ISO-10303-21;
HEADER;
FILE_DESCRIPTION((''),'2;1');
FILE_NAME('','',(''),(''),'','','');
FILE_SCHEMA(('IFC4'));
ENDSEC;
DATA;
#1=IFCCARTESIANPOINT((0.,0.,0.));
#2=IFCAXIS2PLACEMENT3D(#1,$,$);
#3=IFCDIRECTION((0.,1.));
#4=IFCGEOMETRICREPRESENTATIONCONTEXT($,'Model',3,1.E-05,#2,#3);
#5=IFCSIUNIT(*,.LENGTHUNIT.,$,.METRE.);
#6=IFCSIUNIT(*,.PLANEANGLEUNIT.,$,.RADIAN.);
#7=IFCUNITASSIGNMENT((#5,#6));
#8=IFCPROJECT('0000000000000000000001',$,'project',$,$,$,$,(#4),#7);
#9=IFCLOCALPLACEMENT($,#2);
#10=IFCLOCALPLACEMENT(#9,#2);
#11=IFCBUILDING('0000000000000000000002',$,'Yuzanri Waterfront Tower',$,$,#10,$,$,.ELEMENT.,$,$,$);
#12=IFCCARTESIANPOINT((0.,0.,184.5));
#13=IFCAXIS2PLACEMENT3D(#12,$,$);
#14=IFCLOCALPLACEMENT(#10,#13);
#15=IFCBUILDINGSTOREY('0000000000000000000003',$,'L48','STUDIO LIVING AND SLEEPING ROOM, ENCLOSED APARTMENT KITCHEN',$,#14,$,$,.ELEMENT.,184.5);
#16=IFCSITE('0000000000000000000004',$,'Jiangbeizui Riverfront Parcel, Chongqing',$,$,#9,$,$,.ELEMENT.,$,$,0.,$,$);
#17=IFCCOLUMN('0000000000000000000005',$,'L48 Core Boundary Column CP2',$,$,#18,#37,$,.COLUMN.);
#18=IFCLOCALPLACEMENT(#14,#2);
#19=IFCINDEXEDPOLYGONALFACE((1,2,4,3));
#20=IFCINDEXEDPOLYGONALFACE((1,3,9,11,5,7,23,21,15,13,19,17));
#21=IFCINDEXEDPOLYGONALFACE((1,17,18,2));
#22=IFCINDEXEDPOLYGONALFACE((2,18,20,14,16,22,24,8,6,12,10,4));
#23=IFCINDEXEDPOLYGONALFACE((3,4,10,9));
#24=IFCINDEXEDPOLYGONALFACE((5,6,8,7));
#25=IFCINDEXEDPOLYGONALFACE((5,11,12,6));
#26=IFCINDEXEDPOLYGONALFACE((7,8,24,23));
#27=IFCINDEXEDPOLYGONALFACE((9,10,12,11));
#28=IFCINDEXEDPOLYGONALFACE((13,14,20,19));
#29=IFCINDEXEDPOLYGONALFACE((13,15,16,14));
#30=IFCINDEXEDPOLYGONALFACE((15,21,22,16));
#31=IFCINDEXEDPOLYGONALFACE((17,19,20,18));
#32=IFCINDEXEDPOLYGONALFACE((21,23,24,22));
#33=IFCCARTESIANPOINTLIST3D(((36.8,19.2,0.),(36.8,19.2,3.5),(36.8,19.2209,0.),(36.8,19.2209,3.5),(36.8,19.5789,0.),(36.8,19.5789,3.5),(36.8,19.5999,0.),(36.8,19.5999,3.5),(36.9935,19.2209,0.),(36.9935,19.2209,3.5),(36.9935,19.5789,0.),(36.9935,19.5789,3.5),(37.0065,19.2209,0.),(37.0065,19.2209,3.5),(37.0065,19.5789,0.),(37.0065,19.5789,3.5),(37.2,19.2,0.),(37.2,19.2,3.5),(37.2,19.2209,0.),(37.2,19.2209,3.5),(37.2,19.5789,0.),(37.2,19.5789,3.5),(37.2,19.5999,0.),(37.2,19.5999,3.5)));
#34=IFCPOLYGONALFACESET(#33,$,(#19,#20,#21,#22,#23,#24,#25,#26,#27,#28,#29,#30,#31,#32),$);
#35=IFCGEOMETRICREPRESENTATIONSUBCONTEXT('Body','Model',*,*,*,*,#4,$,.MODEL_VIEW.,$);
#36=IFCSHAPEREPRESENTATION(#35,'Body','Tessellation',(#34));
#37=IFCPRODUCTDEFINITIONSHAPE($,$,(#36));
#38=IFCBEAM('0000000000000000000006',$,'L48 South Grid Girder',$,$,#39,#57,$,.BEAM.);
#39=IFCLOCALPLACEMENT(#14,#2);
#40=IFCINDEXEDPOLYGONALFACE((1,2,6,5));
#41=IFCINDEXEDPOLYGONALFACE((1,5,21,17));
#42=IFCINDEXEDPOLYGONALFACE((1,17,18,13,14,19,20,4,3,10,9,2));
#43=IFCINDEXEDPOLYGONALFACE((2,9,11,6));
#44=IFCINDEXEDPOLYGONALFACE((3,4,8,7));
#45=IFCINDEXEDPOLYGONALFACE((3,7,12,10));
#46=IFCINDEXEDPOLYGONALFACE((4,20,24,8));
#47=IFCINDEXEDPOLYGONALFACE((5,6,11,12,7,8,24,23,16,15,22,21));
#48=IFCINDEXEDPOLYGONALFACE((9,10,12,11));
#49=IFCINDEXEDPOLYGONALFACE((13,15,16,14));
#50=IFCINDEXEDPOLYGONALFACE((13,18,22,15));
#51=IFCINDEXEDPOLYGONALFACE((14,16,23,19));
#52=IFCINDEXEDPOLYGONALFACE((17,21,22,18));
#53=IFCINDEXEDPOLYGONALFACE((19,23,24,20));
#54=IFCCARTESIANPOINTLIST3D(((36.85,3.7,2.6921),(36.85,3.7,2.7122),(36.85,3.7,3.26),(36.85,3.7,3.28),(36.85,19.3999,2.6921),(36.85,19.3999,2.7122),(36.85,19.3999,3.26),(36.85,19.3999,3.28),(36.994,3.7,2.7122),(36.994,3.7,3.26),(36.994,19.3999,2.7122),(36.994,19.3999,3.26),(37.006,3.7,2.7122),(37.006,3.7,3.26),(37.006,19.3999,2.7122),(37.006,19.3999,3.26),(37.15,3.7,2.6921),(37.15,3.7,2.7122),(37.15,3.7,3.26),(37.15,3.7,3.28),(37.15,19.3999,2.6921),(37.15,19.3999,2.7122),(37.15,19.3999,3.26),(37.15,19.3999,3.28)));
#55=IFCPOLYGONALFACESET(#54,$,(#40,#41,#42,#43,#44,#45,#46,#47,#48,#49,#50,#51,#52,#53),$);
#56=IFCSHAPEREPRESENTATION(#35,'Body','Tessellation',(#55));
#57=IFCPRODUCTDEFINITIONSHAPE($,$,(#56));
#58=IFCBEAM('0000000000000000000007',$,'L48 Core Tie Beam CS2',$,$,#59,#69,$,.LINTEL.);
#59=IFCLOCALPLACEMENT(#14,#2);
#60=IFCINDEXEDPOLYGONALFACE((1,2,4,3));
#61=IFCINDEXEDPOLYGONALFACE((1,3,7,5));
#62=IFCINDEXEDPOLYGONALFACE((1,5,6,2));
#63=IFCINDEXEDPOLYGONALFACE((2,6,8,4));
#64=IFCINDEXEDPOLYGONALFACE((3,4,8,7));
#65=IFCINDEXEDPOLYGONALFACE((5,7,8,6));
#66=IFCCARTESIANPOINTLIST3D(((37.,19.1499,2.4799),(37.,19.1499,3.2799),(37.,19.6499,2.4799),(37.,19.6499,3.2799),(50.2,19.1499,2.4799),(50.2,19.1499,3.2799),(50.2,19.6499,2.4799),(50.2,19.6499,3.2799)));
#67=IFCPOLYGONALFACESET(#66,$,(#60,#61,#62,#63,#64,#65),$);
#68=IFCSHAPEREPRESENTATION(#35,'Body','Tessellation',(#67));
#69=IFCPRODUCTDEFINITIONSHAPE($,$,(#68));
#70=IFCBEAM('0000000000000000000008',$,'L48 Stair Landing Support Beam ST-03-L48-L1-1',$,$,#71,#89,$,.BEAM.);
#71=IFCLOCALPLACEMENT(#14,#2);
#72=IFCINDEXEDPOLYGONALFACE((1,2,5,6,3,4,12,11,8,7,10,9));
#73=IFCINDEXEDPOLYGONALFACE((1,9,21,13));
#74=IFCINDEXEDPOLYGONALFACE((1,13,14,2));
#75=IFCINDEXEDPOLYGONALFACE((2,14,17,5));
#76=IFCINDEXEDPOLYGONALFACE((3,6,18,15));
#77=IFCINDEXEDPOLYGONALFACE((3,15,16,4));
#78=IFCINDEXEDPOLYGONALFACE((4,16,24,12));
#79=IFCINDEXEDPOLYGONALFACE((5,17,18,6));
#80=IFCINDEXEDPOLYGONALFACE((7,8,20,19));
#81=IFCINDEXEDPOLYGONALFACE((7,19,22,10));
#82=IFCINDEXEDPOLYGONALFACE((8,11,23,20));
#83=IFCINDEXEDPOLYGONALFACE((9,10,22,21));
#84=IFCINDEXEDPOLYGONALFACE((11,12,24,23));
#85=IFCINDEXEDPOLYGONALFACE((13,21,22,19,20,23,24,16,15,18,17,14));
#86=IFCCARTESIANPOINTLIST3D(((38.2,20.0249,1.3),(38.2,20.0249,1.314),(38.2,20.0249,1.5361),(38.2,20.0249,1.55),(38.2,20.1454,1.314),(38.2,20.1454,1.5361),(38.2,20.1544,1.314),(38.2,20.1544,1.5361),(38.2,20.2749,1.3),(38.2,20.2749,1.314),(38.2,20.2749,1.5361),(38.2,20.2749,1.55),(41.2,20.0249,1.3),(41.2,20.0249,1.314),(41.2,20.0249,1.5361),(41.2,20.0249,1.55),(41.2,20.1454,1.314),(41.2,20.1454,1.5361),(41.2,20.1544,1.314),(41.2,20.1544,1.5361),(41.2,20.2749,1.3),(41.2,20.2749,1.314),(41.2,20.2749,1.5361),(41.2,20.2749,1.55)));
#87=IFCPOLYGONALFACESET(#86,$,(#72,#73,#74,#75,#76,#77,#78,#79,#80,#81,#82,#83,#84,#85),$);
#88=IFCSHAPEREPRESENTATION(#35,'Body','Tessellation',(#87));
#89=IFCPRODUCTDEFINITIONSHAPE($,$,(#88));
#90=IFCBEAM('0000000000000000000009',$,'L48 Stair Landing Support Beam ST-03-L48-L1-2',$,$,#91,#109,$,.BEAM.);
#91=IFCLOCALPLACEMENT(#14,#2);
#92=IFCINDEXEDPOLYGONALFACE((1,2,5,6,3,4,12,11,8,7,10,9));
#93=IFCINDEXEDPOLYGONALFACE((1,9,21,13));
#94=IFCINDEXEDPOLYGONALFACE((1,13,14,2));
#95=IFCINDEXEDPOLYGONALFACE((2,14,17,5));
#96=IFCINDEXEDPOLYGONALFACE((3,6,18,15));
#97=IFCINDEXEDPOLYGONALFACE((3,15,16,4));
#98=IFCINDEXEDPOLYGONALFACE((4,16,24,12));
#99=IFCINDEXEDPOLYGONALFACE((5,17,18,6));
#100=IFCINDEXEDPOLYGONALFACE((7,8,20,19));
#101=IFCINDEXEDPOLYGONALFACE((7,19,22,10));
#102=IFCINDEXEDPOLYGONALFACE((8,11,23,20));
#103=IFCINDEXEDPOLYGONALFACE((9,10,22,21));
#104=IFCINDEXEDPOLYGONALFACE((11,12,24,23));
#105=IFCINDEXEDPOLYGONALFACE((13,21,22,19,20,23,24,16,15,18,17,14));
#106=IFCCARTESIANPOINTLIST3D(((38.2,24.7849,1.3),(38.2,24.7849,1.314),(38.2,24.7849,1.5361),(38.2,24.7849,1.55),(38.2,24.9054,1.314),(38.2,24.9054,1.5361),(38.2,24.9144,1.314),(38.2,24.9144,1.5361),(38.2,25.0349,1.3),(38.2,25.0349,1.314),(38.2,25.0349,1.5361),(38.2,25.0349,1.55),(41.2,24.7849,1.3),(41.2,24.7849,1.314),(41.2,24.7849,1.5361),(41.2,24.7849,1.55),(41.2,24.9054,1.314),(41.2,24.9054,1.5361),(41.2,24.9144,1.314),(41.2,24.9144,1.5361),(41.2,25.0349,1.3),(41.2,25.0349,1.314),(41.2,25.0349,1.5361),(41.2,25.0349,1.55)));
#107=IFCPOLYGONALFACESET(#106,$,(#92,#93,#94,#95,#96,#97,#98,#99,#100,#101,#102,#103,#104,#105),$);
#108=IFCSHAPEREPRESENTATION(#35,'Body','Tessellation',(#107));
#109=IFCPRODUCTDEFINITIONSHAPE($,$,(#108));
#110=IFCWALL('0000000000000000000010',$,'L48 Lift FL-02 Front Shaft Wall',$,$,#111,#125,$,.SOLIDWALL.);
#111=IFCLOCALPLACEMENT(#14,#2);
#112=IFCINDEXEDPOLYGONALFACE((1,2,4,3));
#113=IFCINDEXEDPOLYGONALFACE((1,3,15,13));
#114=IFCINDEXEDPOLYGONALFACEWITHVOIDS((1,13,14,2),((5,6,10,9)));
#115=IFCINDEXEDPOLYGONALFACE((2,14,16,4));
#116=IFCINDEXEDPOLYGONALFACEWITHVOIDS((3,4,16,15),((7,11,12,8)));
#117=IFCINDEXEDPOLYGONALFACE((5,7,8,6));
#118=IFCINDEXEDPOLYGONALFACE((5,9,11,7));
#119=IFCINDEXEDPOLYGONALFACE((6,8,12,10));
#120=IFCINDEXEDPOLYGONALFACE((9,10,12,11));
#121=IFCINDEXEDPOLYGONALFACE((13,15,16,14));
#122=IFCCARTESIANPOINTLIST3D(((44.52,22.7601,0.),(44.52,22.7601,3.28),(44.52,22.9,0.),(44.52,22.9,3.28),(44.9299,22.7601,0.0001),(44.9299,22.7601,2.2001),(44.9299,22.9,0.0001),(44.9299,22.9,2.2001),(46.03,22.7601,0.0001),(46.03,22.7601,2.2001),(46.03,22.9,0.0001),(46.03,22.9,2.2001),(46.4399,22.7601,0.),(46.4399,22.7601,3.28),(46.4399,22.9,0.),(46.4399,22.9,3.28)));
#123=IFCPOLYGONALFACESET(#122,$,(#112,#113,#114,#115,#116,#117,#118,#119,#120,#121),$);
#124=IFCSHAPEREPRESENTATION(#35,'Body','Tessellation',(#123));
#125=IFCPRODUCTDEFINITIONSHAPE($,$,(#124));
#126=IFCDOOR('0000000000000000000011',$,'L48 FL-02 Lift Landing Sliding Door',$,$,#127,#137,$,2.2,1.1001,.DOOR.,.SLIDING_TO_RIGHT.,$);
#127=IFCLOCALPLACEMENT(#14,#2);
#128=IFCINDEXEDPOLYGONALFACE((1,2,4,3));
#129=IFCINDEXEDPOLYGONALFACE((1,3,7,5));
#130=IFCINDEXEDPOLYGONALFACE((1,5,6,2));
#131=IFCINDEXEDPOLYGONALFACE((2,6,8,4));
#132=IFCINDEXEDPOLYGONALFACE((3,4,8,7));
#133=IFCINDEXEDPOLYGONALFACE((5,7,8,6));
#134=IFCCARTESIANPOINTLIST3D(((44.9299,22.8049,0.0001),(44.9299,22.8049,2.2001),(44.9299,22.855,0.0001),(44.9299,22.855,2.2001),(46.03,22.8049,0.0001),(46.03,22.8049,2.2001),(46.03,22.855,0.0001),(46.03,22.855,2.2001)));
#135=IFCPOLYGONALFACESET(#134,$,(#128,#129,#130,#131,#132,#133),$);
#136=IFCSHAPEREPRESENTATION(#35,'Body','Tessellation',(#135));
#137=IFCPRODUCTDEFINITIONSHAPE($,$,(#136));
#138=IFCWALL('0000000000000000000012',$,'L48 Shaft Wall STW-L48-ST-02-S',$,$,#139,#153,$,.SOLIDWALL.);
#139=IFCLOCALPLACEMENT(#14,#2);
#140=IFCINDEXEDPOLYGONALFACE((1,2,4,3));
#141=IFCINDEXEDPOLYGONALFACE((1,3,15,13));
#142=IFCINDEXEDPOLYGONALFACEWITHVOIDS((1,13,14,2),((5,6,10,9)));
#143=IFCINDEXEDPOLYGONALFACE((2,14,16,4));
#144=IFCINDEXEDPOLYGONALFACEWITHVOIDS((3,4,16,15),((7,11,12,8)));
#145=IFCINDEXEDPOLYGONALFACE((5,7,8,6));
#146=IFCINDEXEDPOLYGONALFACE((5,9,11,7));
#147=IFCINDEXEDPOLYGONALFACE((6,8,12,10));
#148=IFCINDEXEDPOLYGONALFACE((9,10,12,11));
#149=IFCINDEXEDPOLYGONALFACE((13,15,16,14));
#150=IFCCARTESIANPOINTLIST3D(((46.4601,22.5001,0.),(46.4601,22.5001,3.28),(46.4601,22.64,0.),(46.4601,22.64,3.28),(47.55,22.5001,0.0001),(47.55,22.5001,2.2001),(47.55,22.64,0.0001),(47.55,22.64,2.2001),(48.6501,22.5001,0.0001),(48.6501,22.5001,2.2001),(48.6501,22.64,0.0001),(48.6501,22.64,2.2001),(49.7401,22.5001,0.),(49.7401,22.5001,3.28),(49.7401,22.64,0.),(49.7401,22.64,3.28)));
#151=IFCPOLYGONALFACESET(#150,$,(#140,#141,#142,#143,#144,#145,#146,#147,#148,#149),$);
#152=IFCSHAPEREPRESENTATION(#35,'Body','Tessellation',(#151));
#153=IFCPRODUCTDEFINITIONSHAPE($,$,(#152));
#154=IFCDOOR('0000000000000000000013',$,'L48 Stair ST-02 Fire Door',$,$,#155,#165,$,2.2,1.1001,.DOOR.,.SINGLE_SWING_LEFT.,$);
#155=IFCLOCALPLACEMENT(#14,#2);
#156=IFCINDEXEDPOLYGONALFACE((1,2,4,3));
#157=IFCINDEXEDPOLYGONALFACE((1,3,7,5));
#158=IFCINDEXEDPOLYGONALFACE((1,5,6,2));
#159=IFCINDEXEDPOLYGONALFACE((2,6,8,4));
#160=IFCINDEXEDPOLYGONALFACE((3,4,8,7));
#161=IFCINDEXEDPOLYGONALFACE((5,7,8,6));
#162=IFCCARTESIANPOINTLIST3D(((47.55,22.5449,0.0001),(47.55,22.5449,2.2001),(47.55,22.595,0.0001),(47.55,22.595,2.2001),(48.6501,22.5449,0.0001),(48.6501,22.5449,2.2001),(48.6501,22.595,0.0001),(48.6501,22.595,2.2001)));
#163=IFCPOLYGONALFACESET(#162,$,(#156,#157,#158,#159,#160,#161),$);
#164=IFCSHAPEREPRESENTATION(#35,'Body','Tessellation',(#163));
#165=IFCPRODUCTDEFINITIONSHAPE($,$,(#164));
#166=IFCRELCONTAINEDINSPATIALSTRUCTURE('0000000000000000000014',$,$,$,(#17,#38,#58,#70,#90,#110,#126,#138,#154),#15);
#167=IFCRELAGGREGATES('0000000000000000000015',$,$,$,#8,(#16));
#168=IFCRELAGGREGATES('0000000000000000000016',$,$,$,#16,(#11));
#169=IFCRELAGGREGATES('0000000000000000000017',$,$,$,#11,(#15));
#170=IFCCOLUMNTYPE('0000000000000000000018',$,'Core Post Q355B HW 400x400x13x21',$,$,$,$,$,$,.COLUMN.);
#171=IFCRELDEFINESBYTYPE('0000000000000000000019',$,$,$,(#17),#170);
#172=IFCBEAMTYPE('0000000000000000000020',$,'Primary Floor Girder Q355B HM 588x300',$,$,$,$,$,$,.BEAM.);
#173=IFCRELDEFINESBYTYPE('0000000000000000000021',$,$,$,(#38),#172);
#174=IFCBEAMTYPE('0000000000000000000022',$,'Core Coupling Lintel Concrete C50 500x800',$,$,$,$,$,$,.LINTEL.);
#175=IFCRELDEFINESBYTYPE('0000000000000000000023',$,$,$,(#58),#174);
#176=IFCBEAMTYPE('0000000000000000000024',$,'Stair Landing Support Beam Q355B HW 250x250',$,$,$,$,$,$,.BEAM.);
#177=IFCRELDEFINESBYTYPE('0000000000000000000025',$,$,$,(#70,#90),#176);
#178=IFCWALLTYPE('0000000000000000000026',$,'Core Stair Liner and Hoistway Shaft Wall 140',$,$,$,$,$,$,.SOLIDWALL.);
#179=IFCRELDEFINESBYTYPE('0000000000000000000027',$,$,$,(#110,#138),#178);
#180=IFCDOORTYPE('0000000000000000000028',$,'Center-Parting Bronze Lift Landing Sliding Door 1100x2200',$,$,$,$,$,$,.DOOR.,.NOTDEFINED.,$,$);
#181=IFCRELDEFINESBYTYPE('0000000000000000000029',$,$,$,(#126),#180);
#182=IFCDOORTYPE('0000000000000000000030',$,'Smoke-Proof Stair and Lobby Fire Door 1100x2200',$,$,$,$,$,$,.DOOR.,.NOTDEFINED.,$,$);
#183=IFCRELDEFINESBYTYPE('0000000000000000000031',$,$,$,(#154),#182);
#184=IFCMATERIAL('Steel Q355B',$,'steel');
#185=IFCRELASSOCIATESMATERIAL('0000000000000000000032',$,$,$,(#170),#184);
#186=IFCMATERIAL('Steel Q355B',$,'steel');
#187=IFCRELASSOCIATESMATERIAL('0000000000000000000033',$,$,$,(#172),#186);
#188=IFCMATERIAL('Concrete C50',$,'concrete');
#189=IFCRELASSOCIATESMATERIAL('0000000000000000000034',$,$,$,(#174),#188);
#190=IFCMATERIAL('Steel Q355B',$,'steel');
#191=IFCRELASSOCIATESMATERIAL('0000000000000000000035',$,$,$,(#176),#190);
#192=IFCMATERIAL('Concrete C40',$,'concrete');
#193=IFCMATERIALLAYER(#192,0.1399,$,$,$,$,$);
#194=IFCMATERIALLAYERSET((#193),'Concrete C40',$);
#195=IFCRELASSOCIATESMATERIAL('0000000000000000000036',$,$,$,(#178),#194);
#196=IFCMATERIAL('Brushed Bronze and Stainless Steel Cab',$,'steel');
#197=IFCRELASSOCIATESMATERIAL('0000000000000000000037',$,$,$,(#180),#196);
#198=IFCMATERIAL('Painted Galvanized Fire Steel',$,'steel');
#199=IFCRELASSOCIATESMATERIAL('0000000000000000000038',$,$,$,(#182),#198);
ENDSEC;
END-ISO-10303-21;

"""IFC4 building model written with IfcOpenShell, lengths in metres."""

from ifc_helpers import new_model, si_unit, direction, frame, frame_2d, origin, origin_2d, place, context, subcontext, project, spatial, rectangle, i_section, extrude, source, transform, mapped, material, layer, layer_set, material_profile, profile_set, type_object, element, fill, save


model = new_model("IFC4")

# Units and contexts
model_context = context("Model", 3, precision=1e-05, world=origin(), true_north=direction((0.0, 1.0)))
body_context = subcontext(model_context, "Body", "Model", "MODEL_VIEW")
ifc_project = project(units=[si_unit("LENGTHUNIT", "METRE"), si_unit("PLANEANGLEUNIT", "RADIAN")], contexts=[model_context])

# Site, building, storey
site_placement = place(None, origin())
site = spatial("IfcSite", under=ifc_project, at=site_placement, Name="Jiangbeizui Riverfront Parcel, Chongqing", CompositionType="ELEMENT", RefElevation=0.0)
building_placement = place(site_placement, origin())
building = spatial("IfcBuilding", under=site, at=building_placement, Name="Yuzanri Waterfront Tower", CompositionType="ELEMENT")
storey_placement = place(building_placement, frame((0.0, 0.0, 184.5)))
storey = spatial("IfcBuildingStorey", under=building, at=storey_placement, Name="L48", Description="STUDIO LIVING AND SLEEPING ROOM, ENCLOSED APARTMENT KITCHEN", CompositionType="ELEMENT", Elevation=184.5)

# Column
ifc_material_1 = material(Name="Steel Q355B", Category="steel")
ifc_material_profile_1 = material_profile(ifc_material_1, i_section(OverallWidth=0.3999, OverallDepth=0.3999, WebThickness=0.0129, FlangeThickness=0.021, at=origin_2d()), Name="HW 400x400x13x21")
ifc_profile_set_1 = profile_set([ifc_material_profile_1], Name="Steel Q355B")
column_type = type_object("IfcColumnType", Name="Core Post Q355B HW 400x400x13x21", PredefinedType="COLUMN", material=ifc_profile_set_1)
shared_shape_1 = source(origin(), body_context, "Body", "SweptSolid", [
    extrude(i_section(OverallWidth=0.3999, OverallDepth=0.3999, WebThickness=0.0129, FlangeThickness=0.021, at=origin_2d()), origin(), (0.0, 0.0, 1.0), 3.5),
])
column_placement = place(storey_placement, frame((37.0, 19.3999, 0.0), z_axis=(0.0, 0.0, 1.0), x_axis=(1.0, 0.0, 0.0)))
element("IfcColumn", 1, at=column_placement, inside=storey, type_object=column_type, Name="L48 Core Boundary Column CP2", PredefinedType="COLUMN", context=body_context, shape_type="MappedRepresentation", body=[
    mapped(shared_shape_1, transform((0.0, 0.0, 0.0), scale=1.0)),
])

# Beams
ifc_material_2 = material(Name="Steel Q355B", Category="steel")
ifc_material_profile_2 = material_profile(ifc_material_2, i_section(OverallWidth=0.3, OverallDepth=0.5879, WebThickness=0.012, FlangeThickness=0.02, at=origin_2d()), Name="HM 588x300x12x20")
ifc_profile_set_2 = profile_set([ifc_material_profile_2], Name="Steel Q355B")
beam_type_1 = type_object("IfcBeamType", Name="Primary Floor Girder Q355B HM 588x300", PredefinedType="BEAM", material=ifc_profile_set_2)
shared_shape_2 = source(origin(), body_context, "Body", "SweptSolid", [
    extrude(i_section(OverallWidth=0.3, OverallDepth=0.5879, WebThickness=0.012, FlangeThickness=0.02, at=origin_2d()), origin(), (0.0, 0.0, 1.0), 15.7),
])
beam_1_placement = place(storey_placement, frame((37.0, 19.3999, 2.9861), z_axis=(0.0, -1.0, 0.0), x_axis=(1.0, 0.0, 0.0)))
element("IfcBeam", 2, at=beam_1_placement, inside=storey, type_object=beam_type_1, Name="L48 South Grid Girder", PredefinedType="BEAM", context=body_context, shape_type="MappedRepresentation", body=[
    mapped(shared_shape_2, transform((0.0, 0.0, 0.0), scale=1.0)),
])
ifc_material_3 = material(Name="Concrete C50", Category="concrete")
ifc_material_profile_3 = material_profile(ifc_material_3, rectangle(XDim=0.5, YDim=0.8, at=origin_2d()), Name="RC 500x800")
ifc_profile_set_3 = profile_set([ifc_material_profile_3], Name="Concrete C50")
beam_type_2 = type_object("IfcBeamType", Name="Core Coupling Lintel Concrete C50 500x800", PredefinedType="LINTEL", material=ifc_profile_set_3)
shared_shape_3 = source(origin(), body_context, "Body", "SweptSolid", [
    extrude(rectangle(XDim=0.5, YDim=0.8, at=origin_2d()), origin(), (0.0, 0.0, 1.0), 13.2),
])
beam_2_placement = place(storey_placement, frame((37.0, 19.3999, 2.8799), z_axis=(1.0, 0.0, 0.0), x_axis=(0.0, 1.0, 0.0)))
element("IfcBeam", 3, at=beam_2_placement, inside=storey, type_object=beam_type_2, Name="L48 Core Tie Beam CS2", PredefinedType="LINTEL", context=body_context, shape_type="MappedRepresentation", body=[
    mapped(shared_shape_3, transform((0.0, 0.0, 0.0), scale=1.0)),
])
ifc_material_4 = material(Name="Steel Q355B", Category="steel")
ifc_material_profile_4 = material_profile(ifc_material_4, i_section(OverallWidth=0.25, OverallDepth=0.25, WebThickness=0.009, FlangeThickness=0.0139, at=origin_2d()), Name="HW 250x250x9x14")
ifc_profile_set_4 = profile_set([ifc_material_profile_4], Name="Steel Q355B")
beam_type_3 = type_object("IfcBeamType", Name="Stair Landing Support Beam Q355B HW 250x250", PredefinedType="BEAM", material=ifc_profile_set_4)
shared_shape_4 = source(origin(), body_context, "Body", "SweptSolid", [
    extrude(i_section(OverallWidth=0.25, OverallDepth=0.25, WebThickness=0.009, FlangeThickness=0.0139, at=origin_2d()), origin(), (0.0, 0.0, 1.0), 3.0),
])
for number, where, z_axis, x_axis, name in (
    (4, (38.2, 20.1499, 1.425), (1.0, 0.0, 0.0), (0.0, 1.0, 0.0), "L48 Stair Landing Support Beam ST-03-L48-L1-1"),
    (5, (38.2, 24.9099, 1.425), (1.0, 0.0, 0.0), (0.0, 1.0, 0.0), "L48 Stair Landing Support Beam ST-03-L48-L1-2"),
):
    element("IfcBeam", number, at=place(storey_placement, frame(where, z_axis=z_axis, x_axis=x_axis)), inside=storey, type_object=beam_type_3, Name=name, PredefinedType="BEAM", context=body_context, shape_type="MappedRepresentation", body=[
        mapped(shared_shape_4, transform((0.0, 0.0, 0.0), scale=1.0)),
    ])

# Walls, openings, doors
ifc_material_5 = material(Name="Concrete C40", Category="concrete")
ifc_layer_1 = layer(ifc_material_5, 0.1399)
ifc_layer_set_1 = layer_set([ifc_layer_1], Name="Concrete C40")
wall_type_1 = type_object("IfcWallType", Name="Core Stair Liner and Hoistway Shaft Wall 140", PredefinedType="SOLIDWALL", material=ifc_layer_set_1)
wall_1_placement = place(storey_placement, frame((44.52, 22.8301, 0.0), z_axis=(0.0, 0.0, 1.0), x_axis=(1.0, 0.0, 0.0)))
wall_1 = element("IfcWall", 6, at=wall_1_placement, inside=storey, type_object=wall_type_1, Name="L48 Lift FL-02 Front Shaft Wall", PredefinedType="SOLIDWALL", context=body_context, shape_type="SweptSolid", body=[
    extrude(rectangle(XDim=1.9199, YDim=0.1399, at=frame_2d((0.96, 0.0))), origin(), (0.0, 0.0, 1.0), 3.28),
])
opening_1_placement = place(wall_1_placement, frame((0.4099, 0.0, 0.0)))
opening_1 = element("IfcOpeningElement", 7, at=opening_1_placement, cuts=wall_1, PredefinedType="OPENING", context=body_context, shape_type="SweptSolid", body=[
    extrude(rectangle(XDim=1.1001, YDim=2.2, at=frame_2d((0.55, 1.1001))), frame((0.0, 0.085, 0.0), z_axis=(0.0, -1.0, 0.0), x_axis=(1.0, 0.0, 0.0)), (0.0, 0.0, 1.0), 0.1697),
])
ifc_material_6 = material(Name="Brushed Bronze and Stainless Steel Cab", Category="steel")
door_type_1 = type_object("IfcDoorType", Name="Center-Parting Bronze Lift Landing Sliding Door 1100x2200", OperationType="NOTDEFINED", PredefinedType="DOOR", material=ifc_material_6)
shared_shape_5 = source(origin(), body_context, "Body", "SweptSolid", [
    extrude(rectangle(XDim=1.1001, YDim=2.2, at=frame_2d((0.55, 1.1001))), frame((0.0, 0.0249, 0.0), z_axis=(0.0, -1.0, 0.0), x_axis=(1.0, 0.0, 0.0)), (0.0, 0.0, 1.0), 0.05),
])
door_1_placement = place(opening_1_placement, origin())
door_1 = element("IfcDoor", 8, at=door_1_placement, inside=storey, type_object=door_type_1, Name="L48 FL-02 Lift Landing Sliding Door", OperationType="SLIDING_TO_RIGHT", OverallHeight=2.2, OverallWidth=1.1001, PredefinedType="DOOR", context=body_context, shape_type="MappedRepresentation", body=[
    mapped(shared_shape_5, transform((0.0, 0.0, 0.0), scale=1.0)),
])
fill(opening_1, door_1)
wall_2_placement = place(storey_placement, frame((46.46, 22.5701, 0.0), z_axis=(0.0, 0.0, 1.0), x_axis=(1.0, 0.0, 0.0)))
wall_2 = element("IfcWall", 9, at=wall_2_placement, inside=storey, type_object=wall_type_1, Name="L48 Shaft Wall STW-L48-ST-02-S", PredefinedType="SOLIDWALL", context=body_context, shape_type="SweptSolid", body=[
    extrude(rectangle(XDim=3.28, YDim=0.1399, at=frame_2d((1.6401, 0.0))), origin(), (0.0, 0.0, 1.0), 3.28),
])
opening_2_placement = place(wall_2_placement, frame((1.0901, 0.0, 0.0)))
opening_2 = element("IfcOpeningElement", 10, at=opening_2_placement, cuts=wall_2, PredefinedType="OPENING", context=body_context, shape_type="SweptSolid", body=[
    extrude(rectangle(XDim=1.1001, YDim=2.2, at=frame_2d((0.55, 1.1001))), frame((0.0, 0.085, 0.0), z_axis=(0.0, -1.0, 0.0), x_axis=(1.0, 0.0, 0.0)), (0.0, 0.0, 1.0), 0.1697),
])
ifc_material_7 = material(Name="Painted Galvanized Fire Steel", Category="steel")
door_type_2 = type_object("IfcDoorType", Name="Smoke-Proof Stair and Lobby Fire Door 1100x2200", OperationType="NOTDEFINED", PredefinedType="DOOR", material=ifc_material_7)
shared_shape_6 = source(origin(), body_context, "Body", "SweptSolid", [
    extrude(rectangle(XDim=1.1001, YDim=2.2, at=frame_2d((0.55, 1.1001))), frame((0.0, 0.0249, 0.0), z_axis=(0.0, -1.0, 0.0), x_axis=(1.0, 0.0, 0.0)), (0.0, 0.0, 1.0), 0.05),
])
door_2_placement = place(opening_2_placement, origin())
door_2 = element("IfcDoor", 11, at=door_2_placement, inside=storey, type_object=door_type_2, Name="L48 Stair ST-02 Fire Door", OperationType="SINGLE_SWING_LEFT", OverallHeight=2.2, OverallWidth=1.1001, PredefinedType="DOOR", context=body_context, shape_type="MappedRepresentation", body=[
    mapped(shared_shape_6, transform((0.0, 0.0, 0.0), scale=1.0)),
])
fill(opening_2, door_2)

save(model, "model.ifc")
